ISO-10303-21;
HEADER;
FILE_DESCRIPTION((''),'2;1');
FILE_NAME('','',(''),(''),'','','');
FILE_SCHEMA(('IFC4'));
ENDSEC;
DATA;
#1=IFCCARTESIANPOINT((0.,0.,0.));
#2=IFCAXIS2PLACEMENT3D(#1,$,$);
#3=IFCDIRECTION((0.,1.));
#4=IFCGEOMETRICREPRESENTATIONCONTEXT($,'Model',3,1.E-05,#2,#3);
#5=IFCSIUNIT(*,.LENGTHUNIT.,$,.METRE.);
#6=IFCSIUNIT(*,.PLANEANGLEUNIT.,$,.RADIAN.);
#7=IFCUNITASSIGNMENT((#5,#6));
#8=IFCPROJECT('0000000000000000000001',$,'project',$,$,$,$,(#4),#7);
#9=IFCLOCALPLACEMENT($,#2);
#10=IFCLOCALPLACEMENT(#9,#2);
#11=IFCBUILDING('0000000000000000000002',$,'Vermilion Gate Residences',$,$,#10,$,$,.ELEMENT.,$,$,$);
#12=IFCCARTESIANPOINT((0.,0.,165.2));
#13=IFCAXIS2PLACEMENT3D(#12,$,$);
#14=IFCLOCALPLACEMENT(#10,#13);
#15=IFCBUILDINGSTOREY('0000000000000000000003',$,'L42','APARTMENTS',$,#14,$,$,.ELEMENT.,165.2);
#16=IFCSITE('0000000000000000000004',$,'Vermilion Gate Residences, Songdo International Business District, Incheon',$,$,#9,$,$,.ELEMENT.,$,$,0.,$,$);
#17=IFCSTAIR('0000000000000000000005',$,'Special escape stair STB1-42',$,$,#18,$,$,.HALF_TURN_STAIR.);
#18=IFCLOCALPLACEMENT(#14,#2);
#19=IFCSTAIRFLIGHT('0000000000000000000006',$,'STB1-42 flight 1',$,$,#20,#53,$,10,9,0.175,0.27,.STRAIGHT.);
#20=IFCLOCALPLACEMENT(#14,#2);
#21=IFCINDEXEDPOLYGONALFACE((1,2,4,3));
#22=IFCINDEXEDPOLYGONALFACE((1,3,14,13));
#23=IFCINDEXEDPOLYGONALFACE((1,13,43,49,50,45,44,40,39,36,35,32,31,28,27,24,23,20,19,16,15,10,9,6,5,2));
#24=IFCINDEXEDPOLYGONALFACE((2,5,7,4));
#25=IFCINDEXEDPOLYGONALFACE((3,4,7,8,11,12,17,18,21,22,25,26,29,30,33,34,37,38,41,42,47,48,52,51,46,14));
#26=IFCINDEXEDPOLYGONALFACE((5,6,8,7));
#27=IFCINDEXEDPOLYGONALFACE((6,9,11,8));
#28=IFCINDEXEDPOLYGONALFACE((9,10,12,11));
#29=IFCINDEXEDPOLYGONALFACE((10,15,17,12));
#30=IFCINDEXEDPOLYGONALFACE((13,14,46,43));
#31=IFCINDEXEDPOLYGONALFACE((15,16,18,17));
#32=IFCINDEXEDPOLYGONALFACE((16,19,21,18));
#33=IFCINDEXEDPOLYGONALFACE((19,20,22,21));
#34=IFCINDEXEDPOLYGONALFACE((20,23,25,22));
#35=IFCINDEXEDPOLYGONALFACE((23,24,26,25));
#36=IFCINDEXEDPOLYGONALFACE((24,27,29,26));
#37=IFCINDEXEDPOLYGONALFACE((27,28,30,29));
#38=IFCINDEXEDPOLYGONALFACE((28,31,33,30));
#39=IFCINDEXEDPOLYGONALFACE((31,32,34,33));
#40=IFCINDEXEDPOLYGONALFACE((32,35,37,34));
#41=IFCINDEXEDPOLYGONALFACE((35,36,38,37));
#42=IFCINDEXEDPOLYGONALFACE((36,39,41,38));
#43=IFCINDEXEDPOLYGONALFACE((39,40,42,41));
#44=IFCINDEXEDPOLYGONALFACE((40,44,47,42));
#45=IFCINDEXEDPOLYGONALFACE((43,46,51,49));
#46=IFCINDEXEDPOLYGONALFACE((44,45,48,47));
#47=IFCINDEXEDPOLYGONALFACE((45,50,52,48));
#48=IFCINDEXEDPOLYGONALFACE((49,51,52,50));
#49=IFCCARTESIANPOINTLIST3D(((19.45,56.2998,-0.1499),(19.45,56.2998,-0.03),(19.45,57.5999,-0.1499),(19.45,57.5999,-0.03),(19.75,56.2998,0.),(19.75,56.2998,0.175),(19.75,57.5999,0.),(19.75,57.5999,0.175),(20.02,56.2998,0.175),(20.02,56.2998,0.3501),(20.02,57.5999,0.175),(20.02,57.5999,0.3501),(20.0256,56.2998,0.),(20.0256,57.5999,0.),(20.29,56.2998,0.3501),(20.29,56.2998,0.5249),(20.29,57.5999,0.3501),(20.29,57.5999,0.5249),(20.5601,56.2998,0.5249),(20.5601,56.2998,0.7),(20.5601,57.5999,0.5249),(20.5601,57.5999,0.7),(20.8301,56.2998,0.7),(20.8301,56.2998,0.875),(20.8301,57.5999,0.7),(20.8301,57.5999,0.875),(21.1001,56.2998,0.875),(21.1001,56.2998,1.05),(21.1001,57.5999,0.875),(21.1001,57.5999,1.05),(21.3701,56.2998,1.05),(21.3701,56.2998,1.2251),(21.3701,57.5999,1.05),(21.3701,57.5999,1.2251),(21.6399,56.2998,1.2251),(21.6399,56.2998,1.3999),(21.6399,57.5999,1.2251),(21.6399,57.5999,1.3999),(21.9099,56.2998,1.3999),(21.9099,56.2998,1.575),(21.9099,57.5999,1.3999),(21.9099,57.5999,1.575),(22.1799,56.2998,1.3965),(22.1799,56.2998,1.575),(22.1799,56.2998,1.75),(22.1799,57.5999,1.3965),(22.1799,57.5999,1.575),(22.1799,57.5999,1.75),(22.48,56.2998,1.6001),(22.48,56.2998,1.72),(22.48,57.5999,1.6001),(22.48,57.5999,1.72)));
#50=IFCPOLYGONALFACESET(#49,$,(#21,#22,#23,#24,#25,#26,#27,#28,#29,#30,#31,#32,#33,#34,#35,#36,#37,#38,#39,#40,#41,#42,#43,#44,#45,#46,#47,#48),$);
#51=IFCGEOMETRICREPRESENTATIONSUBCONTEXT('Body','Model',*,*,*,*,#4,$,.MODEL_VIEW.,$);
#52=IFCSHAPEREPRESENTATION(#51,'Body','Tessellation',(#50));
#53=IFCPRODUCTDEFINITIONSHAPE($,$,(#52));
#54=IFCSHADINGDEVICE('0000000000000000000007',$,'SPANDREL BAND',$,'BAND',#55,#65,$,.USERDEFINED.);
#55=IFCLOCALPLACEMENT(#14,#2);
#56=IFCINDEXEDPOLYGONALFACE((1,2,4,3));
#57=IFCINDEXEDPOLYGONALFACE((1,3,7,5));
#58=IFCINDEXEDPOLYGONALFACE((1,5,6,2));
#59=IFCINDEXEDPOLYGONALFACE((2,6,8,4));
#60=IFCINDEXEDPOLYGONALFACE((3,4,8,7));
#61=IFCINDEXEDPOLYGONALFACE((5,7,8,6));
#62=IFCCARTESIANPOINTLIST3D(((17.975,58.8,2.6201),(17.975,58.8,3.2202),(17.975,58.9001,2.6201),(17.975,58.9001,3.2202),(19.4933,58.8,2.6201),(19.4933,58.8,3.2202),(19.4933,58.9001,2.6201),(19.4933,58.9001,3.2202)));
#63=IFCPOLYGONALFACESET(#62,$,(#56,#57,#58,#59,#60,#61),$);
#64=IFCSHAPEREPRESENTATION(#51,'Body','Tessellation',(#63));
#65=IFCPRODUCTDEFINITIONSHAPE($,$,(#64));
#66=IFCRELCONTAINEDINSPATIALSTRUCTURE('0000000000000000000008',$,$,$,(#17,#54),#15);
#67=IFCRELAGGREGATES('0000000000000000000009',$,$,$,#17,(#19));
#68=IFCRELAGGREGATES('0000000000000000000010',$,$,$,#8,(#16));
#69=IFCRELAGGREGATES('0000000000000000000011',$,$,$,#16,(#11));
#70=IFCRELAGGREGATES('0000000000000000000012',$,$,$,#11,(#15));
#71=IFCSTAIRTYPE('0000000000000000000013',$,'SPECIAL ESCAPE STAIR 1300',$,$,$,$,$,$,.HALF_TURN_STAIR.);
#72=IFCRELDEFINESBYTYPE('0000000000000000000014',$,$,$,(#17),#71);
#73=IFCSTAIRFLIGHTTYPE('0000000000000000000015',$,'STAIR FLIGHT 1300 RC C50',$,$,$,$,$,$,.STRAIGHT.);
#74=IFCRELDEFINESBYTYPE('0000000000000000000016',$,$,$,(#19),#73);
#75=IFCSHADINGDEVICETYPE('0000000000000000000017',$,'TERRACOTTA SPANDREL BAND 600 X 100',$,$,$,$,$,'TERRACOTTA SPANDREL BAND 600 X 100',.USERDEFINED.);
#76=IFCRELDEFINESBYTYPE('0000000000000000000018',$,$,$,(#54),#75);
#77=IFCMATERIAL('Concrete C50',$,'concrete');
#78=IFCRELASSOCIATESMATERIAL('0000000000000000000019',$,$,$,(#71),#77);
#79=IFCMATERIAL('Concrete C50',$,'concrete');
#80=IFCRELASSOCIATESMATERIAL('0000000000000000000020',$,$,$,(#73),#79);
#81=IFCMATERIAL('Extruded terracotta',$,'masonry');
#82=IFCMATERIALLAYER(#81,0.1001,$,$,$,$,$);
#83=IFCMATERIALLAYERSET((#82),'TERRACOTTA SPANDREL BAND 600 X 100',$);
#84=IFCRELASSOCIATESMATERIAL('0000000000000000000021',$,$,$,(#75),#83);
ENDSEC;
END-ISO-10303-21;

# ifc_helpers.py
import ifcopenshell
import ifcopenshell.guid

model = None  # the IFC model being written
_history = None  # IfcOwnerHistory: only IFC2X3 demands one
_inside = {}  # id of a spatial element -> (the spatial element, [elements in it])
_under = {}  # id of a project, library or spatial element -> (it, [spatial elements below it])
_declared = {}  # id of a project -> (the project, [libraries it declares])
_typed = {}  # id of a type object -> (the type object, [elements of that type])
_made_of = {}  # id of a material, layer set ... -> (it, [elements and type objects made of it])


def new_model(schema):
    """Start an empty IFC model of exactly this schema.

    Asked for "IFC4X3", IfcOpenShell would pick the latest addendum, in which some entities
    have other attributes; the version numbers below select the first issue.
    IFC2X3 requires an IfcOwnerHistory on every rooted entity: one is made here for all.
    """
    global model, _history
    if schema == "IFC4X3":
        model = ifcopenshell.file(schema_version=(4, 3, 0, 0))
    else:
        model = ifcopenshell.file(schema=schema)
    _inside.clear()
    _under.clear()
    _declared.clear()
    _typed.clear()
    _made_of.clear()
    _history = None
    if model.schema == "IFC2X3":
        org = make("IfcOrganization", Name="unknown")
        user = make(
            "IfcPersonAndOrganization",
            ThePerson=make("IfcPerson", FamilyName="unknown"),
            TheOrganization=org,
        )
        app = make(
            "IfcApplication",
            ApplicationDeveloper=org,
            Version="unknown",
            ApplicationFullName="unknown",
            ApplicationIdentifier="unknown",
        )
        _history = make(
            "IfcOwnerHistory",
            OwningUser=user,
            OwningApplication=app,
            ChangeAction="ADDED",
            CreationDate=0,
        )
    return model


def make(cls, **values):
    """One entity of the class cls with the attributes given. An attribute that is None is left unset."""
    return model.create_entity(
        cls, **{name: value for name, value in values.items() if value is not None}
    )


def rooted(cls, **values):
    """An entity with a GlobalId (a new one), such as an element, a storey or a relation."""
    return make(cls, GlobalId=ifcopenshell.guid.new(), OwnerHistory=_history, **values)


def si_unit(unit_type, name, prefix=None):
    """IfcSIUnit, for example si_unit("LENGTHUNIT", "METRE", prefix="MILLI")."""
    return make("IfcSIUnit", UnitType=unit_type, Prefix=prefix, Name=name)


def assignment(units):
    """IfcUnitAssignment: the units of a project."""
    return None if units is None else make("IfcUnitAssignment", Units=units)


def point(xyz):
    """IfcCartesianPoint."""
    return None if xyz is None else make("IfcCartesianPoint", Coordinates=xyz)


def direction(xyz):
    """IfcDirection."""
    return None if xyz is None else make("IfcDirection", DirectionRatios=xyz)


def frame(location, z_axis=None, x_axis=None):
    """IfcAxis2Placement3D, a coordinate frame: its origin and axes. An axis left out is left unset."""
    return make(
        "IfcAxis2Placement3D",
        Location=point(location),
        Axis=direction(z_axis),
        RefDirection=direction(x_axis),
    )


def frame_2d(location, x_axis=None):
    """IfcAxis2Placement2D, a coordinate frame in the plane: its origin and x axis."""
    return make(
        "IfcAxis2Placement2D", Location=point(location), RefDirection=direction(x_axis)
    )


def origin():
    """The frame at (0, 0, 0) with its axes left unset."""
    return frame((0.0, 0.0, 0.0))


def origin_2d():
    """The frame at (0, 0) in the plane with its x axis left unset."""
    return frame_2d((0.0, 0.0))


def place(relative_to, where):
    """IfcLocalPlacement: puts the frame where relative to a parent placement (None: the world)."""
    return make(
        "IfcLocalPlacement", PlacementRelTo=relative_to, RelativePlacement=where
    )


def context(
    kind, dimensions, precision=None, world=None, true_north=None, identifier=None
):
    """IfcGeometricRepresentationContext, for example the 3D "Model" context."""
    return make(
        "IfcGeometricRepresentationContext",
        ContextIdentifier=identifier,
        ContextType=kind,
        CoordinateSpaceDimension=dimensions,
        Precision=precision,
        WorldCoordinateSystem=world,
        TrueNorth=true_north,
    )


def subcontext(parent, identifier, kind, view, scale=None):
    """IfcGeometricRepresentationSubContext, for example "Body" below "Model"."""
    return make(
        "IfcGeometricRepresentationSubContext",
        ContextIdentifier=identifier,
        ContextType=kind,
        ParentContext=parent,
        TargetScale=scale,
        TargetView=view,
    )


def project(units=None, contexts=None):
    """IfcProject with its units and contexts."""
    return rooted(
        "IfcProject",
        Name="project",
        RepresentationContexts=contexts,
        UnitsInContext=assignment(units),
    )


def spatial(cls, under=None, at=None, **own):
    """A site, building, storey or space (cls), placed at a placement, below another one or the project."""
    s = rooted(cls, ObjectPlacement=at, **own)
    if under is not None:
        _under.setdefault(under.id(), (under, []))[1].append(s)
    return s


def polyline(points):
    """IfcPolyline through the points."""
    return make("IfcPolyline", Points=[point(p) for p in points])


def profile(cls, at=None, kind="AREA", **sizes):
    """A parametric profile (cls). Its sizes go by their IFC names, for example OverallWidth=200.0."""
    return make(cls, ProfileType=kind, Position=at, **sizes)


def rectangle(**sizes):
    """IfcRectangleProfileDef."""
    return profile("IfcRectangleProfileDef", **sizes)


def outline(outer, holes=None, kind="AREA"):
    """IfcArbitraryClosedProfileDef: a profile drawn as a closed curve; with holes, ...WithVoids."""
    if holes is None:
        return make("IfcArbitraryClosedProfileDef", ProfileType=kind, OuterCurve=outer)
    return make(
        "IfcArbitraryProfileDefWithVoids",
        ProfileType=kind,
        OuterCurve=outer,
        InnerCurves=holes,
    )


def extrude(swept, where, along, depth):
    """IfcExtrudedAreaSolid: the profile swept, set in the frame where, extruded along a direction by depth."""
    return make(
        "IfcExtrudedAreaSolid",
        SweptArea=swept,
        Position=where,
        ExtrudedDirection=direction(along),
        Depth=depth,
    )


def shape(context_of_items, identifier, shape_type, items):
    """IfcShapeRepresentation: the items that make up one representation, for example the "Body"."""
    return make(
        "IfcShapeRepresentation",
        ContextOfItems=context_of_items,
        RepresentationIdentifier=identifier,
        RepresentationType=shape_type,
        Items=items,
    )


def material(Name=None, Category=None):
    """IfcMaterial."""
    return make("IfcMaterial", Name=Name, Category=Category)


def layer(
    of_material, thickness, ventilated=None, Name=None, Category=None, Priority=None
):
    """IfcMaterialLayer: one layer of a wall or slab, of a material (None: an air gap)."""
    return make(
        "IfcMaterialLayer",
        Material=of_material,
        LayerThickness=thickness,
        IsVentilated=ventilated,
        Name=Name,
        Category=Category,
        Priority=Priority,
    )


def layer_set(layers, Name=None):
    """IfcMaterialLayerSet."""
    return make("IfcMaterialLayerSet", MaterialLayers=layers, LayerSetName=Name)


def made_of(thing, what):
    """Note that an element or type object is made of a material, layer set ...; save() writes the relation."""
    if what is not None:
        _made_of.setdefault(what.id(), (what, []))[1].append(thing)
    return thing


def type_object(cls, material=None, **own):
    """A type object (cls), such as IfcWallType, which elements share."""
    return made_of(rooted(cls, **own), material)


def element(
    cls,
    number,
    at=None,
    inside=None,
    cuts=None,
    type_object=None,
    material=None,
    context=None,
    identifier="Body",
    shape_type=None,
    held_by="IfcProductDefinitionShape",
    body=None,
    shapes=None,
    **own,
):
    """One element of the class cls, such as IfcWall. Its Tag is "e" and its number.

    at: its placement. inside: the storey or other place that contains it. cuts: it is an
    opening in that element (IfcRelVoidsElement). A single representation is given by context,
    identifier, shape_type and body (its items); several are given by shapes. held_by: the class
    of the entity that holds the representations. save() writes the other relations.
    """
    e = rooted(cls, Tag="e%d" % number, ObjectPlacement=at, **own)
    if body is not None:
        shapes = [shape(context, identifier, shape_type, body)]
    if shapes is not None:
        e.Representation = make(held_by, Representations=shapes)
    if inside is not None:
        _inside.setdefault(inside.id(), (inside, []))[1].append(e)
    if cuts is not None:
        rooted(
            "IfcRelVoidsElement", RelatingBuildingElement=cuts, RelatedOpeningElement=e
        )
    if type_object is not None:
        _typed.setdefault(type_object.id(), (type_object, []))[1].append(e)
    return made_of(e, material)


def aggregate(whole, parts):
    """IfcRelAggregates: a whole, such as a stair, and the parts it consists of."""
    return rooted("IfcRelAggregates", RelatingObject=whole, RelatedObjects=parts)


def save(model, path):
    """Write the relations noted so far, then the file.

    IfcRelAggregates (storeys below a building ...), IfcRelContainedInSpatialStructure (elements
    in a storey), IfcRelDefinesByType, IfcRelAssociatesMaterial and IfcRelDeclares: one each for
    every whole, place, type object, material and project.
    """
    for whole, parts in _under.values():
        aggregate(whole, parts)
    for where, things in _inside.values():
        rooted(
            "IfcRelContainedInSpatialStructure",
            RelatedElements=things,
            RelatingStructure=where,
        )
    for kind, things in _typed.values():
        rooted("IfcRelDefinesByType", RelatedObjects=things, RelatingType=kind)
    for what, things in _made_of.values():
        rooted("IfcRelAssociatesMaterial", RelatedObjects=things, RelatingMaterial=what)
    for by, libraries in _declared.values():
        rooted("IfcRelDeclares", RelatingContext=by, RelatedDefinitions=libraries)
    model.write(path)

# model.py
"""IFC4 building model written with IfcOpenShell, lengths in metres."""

from ifc_helpers import new_model, si_unit, direction, frame, origin, origin_2d, place, context, subcontext, project, spatial, polyline, rectangle, outline, extrude, material, layer, layer_set, type_object, element, aggregate, save


model = new_model("IFC4")

# Units and contexts
model_context = context("Model", 3, precision=1e-05, world=origin(), true_north=direction((0.0, 1.0)))
body_context = subcontext(model_context, "Body", "Model", "MODEL_VIEW")
ifc_project = project(units=[si_unit("LENGTHUNIT", "METRE"), si_unit("PLANEANGLEUNIT", "RADIAN")], contexts=[model_context])

# Site, building, storey
site_placement = place(None, origin())
site = spatial("IfcSite", under=ifc_project, at=site_placement, Name="Vermilion Gate Residences, Songdo International Business District, Incheon", CompositionType="ELEMENT", RefElevation=0.0)
building_placement = place(site_placement, origin())
building = spatial("IfcBuilding", under=site, at=building_placement, Name="Vermilion Gate Residences", CompositionType="ELEMENT")
storey_placement = place(building_placement, frame((0.0, 0.0, 165.2)))
storey = spatial("IfcBuildingStorey", under=building, at=storey_placement, Name="L42", Description="APARTMENTS", CompositionType="ELEMENT", Elevation=165.2)

# Stair, stair flight
ifc_material_1 = material(Name="Concrete C50", Category="concrete")
stair_type = type_object("IfcStairType", Name="SPECIAL ESCAPE STAIR 1300", PredefinedType="HALF_TURN_STAIR", material=ifc_material_1)
stair_placement = place(storey_placement, origin())
stair = element("IfcStair", 1, at=stair_placement, inside=storey, type_object=stair_type, Name="Special escape stair STB1-42", PredefinedType="HALF_TURN_STAIR")
ifc_material_2 = material(Name="Concrete C50", Category="concrete")
stair_flight_type = type_object("IfcStairFlightType", Name="STAIR FLIGHT 1300 RC C50", PredefinedType="STRAIGHT", material=ifc_material_2)
stair_flight_placement = place(storey_placement, frame((19.75, 56.95, 0.0), z_axis=(0.0, 0.0, 1.0), x_axis=(1.0, 0.0, 0.0)))
stair_flight = element("IfcStairFlight", 2, at=stair_flight_placement, type_object=stair_flight_type, Name="STB1-42 flight 1", NumberOfRisers=10, NumberOfTreads=9, PredefinedType="STRAIGHT", RiserHeight=0.175, TreadLength=0.27, context=body_context, shape_type="SweptSolid", body=[
    extrude(outline(polyline([(-0.3, -0.1499), (-0.3, -0.03), (0.0, 0.0), (0.0, 0.175), (0.27, 0.175), (0.27, 0.3501), (0.54, 0.3501), (0.54, 0.5249), (0.8101, 0.5249), (0.8101, 0.7), (1.0801, 0.7), (1.0801, 0.875), (1.3501, 0.875), (1.3501, 1.05), (1.6201, 1.05), (1.6201, 1.2251), (1.8899, 1.2251), (1.8899, 1.3999), (2.1599, 1.3999), (2.1599, 1.575), (2.4299, 1.575), (2.4299, 1.75), (2.73, 1.72), (2.73, 1.6001), (2.4299, 1.3965), (0.2756, 0.0), (-0.3, -0.1499)])), frame((0.0, 0.6499, 0.0), z_axis=(0.0, -1.0, 0.0), x_axis=(1.0, 0.0, 0.0)), (0.0, 0.0, 1.0), 1.3),
])
aggregate(stair, [stair_flight])

# Shading device
ifc_material_3 = material(Name="Extruded terracotta", Category="masonry")
ifc_layer_1 = layer(ifc_material_3, 0.1001)
ifc_layer_set_1 = layer_set([ifc_layer_1], Name="TERRACOTTA SPANDREL BAND 600 X 100")
shading_device_type = type_object("IfcShadingDeviceType", Name="TERRACOTTA SPANDREL BAND 600 X 100", ElementType="TERRACOTTA SPANDREL BAND 600 X 100", PredefinedType="USERDEFINED", material=ifc_layer_set_1)
shading_device_placement = place(storey_placement, frame((18.7341, 58.8501, 2.6201), z_axis=(0.0, 0.0, 1.0), x_axis=(1.0, 0.0, 0.0)))
element("IfcShadingDevice", 3, at=shading_device_placement, inside=storey, type_object=shading_device_type, Name="SPANDREL BAND", ObjectType="BAND", PredefinedType="USERDEFINED", context=body_context, shape_type="SweptSolid", body=[
    extrude(rectangle(XDim=1.5183, YDim=0.1001, at=origin_2d()), origin(), (0.0, 0.0, 1.0), 0.6001),
])

save(model, "model.ifc")
